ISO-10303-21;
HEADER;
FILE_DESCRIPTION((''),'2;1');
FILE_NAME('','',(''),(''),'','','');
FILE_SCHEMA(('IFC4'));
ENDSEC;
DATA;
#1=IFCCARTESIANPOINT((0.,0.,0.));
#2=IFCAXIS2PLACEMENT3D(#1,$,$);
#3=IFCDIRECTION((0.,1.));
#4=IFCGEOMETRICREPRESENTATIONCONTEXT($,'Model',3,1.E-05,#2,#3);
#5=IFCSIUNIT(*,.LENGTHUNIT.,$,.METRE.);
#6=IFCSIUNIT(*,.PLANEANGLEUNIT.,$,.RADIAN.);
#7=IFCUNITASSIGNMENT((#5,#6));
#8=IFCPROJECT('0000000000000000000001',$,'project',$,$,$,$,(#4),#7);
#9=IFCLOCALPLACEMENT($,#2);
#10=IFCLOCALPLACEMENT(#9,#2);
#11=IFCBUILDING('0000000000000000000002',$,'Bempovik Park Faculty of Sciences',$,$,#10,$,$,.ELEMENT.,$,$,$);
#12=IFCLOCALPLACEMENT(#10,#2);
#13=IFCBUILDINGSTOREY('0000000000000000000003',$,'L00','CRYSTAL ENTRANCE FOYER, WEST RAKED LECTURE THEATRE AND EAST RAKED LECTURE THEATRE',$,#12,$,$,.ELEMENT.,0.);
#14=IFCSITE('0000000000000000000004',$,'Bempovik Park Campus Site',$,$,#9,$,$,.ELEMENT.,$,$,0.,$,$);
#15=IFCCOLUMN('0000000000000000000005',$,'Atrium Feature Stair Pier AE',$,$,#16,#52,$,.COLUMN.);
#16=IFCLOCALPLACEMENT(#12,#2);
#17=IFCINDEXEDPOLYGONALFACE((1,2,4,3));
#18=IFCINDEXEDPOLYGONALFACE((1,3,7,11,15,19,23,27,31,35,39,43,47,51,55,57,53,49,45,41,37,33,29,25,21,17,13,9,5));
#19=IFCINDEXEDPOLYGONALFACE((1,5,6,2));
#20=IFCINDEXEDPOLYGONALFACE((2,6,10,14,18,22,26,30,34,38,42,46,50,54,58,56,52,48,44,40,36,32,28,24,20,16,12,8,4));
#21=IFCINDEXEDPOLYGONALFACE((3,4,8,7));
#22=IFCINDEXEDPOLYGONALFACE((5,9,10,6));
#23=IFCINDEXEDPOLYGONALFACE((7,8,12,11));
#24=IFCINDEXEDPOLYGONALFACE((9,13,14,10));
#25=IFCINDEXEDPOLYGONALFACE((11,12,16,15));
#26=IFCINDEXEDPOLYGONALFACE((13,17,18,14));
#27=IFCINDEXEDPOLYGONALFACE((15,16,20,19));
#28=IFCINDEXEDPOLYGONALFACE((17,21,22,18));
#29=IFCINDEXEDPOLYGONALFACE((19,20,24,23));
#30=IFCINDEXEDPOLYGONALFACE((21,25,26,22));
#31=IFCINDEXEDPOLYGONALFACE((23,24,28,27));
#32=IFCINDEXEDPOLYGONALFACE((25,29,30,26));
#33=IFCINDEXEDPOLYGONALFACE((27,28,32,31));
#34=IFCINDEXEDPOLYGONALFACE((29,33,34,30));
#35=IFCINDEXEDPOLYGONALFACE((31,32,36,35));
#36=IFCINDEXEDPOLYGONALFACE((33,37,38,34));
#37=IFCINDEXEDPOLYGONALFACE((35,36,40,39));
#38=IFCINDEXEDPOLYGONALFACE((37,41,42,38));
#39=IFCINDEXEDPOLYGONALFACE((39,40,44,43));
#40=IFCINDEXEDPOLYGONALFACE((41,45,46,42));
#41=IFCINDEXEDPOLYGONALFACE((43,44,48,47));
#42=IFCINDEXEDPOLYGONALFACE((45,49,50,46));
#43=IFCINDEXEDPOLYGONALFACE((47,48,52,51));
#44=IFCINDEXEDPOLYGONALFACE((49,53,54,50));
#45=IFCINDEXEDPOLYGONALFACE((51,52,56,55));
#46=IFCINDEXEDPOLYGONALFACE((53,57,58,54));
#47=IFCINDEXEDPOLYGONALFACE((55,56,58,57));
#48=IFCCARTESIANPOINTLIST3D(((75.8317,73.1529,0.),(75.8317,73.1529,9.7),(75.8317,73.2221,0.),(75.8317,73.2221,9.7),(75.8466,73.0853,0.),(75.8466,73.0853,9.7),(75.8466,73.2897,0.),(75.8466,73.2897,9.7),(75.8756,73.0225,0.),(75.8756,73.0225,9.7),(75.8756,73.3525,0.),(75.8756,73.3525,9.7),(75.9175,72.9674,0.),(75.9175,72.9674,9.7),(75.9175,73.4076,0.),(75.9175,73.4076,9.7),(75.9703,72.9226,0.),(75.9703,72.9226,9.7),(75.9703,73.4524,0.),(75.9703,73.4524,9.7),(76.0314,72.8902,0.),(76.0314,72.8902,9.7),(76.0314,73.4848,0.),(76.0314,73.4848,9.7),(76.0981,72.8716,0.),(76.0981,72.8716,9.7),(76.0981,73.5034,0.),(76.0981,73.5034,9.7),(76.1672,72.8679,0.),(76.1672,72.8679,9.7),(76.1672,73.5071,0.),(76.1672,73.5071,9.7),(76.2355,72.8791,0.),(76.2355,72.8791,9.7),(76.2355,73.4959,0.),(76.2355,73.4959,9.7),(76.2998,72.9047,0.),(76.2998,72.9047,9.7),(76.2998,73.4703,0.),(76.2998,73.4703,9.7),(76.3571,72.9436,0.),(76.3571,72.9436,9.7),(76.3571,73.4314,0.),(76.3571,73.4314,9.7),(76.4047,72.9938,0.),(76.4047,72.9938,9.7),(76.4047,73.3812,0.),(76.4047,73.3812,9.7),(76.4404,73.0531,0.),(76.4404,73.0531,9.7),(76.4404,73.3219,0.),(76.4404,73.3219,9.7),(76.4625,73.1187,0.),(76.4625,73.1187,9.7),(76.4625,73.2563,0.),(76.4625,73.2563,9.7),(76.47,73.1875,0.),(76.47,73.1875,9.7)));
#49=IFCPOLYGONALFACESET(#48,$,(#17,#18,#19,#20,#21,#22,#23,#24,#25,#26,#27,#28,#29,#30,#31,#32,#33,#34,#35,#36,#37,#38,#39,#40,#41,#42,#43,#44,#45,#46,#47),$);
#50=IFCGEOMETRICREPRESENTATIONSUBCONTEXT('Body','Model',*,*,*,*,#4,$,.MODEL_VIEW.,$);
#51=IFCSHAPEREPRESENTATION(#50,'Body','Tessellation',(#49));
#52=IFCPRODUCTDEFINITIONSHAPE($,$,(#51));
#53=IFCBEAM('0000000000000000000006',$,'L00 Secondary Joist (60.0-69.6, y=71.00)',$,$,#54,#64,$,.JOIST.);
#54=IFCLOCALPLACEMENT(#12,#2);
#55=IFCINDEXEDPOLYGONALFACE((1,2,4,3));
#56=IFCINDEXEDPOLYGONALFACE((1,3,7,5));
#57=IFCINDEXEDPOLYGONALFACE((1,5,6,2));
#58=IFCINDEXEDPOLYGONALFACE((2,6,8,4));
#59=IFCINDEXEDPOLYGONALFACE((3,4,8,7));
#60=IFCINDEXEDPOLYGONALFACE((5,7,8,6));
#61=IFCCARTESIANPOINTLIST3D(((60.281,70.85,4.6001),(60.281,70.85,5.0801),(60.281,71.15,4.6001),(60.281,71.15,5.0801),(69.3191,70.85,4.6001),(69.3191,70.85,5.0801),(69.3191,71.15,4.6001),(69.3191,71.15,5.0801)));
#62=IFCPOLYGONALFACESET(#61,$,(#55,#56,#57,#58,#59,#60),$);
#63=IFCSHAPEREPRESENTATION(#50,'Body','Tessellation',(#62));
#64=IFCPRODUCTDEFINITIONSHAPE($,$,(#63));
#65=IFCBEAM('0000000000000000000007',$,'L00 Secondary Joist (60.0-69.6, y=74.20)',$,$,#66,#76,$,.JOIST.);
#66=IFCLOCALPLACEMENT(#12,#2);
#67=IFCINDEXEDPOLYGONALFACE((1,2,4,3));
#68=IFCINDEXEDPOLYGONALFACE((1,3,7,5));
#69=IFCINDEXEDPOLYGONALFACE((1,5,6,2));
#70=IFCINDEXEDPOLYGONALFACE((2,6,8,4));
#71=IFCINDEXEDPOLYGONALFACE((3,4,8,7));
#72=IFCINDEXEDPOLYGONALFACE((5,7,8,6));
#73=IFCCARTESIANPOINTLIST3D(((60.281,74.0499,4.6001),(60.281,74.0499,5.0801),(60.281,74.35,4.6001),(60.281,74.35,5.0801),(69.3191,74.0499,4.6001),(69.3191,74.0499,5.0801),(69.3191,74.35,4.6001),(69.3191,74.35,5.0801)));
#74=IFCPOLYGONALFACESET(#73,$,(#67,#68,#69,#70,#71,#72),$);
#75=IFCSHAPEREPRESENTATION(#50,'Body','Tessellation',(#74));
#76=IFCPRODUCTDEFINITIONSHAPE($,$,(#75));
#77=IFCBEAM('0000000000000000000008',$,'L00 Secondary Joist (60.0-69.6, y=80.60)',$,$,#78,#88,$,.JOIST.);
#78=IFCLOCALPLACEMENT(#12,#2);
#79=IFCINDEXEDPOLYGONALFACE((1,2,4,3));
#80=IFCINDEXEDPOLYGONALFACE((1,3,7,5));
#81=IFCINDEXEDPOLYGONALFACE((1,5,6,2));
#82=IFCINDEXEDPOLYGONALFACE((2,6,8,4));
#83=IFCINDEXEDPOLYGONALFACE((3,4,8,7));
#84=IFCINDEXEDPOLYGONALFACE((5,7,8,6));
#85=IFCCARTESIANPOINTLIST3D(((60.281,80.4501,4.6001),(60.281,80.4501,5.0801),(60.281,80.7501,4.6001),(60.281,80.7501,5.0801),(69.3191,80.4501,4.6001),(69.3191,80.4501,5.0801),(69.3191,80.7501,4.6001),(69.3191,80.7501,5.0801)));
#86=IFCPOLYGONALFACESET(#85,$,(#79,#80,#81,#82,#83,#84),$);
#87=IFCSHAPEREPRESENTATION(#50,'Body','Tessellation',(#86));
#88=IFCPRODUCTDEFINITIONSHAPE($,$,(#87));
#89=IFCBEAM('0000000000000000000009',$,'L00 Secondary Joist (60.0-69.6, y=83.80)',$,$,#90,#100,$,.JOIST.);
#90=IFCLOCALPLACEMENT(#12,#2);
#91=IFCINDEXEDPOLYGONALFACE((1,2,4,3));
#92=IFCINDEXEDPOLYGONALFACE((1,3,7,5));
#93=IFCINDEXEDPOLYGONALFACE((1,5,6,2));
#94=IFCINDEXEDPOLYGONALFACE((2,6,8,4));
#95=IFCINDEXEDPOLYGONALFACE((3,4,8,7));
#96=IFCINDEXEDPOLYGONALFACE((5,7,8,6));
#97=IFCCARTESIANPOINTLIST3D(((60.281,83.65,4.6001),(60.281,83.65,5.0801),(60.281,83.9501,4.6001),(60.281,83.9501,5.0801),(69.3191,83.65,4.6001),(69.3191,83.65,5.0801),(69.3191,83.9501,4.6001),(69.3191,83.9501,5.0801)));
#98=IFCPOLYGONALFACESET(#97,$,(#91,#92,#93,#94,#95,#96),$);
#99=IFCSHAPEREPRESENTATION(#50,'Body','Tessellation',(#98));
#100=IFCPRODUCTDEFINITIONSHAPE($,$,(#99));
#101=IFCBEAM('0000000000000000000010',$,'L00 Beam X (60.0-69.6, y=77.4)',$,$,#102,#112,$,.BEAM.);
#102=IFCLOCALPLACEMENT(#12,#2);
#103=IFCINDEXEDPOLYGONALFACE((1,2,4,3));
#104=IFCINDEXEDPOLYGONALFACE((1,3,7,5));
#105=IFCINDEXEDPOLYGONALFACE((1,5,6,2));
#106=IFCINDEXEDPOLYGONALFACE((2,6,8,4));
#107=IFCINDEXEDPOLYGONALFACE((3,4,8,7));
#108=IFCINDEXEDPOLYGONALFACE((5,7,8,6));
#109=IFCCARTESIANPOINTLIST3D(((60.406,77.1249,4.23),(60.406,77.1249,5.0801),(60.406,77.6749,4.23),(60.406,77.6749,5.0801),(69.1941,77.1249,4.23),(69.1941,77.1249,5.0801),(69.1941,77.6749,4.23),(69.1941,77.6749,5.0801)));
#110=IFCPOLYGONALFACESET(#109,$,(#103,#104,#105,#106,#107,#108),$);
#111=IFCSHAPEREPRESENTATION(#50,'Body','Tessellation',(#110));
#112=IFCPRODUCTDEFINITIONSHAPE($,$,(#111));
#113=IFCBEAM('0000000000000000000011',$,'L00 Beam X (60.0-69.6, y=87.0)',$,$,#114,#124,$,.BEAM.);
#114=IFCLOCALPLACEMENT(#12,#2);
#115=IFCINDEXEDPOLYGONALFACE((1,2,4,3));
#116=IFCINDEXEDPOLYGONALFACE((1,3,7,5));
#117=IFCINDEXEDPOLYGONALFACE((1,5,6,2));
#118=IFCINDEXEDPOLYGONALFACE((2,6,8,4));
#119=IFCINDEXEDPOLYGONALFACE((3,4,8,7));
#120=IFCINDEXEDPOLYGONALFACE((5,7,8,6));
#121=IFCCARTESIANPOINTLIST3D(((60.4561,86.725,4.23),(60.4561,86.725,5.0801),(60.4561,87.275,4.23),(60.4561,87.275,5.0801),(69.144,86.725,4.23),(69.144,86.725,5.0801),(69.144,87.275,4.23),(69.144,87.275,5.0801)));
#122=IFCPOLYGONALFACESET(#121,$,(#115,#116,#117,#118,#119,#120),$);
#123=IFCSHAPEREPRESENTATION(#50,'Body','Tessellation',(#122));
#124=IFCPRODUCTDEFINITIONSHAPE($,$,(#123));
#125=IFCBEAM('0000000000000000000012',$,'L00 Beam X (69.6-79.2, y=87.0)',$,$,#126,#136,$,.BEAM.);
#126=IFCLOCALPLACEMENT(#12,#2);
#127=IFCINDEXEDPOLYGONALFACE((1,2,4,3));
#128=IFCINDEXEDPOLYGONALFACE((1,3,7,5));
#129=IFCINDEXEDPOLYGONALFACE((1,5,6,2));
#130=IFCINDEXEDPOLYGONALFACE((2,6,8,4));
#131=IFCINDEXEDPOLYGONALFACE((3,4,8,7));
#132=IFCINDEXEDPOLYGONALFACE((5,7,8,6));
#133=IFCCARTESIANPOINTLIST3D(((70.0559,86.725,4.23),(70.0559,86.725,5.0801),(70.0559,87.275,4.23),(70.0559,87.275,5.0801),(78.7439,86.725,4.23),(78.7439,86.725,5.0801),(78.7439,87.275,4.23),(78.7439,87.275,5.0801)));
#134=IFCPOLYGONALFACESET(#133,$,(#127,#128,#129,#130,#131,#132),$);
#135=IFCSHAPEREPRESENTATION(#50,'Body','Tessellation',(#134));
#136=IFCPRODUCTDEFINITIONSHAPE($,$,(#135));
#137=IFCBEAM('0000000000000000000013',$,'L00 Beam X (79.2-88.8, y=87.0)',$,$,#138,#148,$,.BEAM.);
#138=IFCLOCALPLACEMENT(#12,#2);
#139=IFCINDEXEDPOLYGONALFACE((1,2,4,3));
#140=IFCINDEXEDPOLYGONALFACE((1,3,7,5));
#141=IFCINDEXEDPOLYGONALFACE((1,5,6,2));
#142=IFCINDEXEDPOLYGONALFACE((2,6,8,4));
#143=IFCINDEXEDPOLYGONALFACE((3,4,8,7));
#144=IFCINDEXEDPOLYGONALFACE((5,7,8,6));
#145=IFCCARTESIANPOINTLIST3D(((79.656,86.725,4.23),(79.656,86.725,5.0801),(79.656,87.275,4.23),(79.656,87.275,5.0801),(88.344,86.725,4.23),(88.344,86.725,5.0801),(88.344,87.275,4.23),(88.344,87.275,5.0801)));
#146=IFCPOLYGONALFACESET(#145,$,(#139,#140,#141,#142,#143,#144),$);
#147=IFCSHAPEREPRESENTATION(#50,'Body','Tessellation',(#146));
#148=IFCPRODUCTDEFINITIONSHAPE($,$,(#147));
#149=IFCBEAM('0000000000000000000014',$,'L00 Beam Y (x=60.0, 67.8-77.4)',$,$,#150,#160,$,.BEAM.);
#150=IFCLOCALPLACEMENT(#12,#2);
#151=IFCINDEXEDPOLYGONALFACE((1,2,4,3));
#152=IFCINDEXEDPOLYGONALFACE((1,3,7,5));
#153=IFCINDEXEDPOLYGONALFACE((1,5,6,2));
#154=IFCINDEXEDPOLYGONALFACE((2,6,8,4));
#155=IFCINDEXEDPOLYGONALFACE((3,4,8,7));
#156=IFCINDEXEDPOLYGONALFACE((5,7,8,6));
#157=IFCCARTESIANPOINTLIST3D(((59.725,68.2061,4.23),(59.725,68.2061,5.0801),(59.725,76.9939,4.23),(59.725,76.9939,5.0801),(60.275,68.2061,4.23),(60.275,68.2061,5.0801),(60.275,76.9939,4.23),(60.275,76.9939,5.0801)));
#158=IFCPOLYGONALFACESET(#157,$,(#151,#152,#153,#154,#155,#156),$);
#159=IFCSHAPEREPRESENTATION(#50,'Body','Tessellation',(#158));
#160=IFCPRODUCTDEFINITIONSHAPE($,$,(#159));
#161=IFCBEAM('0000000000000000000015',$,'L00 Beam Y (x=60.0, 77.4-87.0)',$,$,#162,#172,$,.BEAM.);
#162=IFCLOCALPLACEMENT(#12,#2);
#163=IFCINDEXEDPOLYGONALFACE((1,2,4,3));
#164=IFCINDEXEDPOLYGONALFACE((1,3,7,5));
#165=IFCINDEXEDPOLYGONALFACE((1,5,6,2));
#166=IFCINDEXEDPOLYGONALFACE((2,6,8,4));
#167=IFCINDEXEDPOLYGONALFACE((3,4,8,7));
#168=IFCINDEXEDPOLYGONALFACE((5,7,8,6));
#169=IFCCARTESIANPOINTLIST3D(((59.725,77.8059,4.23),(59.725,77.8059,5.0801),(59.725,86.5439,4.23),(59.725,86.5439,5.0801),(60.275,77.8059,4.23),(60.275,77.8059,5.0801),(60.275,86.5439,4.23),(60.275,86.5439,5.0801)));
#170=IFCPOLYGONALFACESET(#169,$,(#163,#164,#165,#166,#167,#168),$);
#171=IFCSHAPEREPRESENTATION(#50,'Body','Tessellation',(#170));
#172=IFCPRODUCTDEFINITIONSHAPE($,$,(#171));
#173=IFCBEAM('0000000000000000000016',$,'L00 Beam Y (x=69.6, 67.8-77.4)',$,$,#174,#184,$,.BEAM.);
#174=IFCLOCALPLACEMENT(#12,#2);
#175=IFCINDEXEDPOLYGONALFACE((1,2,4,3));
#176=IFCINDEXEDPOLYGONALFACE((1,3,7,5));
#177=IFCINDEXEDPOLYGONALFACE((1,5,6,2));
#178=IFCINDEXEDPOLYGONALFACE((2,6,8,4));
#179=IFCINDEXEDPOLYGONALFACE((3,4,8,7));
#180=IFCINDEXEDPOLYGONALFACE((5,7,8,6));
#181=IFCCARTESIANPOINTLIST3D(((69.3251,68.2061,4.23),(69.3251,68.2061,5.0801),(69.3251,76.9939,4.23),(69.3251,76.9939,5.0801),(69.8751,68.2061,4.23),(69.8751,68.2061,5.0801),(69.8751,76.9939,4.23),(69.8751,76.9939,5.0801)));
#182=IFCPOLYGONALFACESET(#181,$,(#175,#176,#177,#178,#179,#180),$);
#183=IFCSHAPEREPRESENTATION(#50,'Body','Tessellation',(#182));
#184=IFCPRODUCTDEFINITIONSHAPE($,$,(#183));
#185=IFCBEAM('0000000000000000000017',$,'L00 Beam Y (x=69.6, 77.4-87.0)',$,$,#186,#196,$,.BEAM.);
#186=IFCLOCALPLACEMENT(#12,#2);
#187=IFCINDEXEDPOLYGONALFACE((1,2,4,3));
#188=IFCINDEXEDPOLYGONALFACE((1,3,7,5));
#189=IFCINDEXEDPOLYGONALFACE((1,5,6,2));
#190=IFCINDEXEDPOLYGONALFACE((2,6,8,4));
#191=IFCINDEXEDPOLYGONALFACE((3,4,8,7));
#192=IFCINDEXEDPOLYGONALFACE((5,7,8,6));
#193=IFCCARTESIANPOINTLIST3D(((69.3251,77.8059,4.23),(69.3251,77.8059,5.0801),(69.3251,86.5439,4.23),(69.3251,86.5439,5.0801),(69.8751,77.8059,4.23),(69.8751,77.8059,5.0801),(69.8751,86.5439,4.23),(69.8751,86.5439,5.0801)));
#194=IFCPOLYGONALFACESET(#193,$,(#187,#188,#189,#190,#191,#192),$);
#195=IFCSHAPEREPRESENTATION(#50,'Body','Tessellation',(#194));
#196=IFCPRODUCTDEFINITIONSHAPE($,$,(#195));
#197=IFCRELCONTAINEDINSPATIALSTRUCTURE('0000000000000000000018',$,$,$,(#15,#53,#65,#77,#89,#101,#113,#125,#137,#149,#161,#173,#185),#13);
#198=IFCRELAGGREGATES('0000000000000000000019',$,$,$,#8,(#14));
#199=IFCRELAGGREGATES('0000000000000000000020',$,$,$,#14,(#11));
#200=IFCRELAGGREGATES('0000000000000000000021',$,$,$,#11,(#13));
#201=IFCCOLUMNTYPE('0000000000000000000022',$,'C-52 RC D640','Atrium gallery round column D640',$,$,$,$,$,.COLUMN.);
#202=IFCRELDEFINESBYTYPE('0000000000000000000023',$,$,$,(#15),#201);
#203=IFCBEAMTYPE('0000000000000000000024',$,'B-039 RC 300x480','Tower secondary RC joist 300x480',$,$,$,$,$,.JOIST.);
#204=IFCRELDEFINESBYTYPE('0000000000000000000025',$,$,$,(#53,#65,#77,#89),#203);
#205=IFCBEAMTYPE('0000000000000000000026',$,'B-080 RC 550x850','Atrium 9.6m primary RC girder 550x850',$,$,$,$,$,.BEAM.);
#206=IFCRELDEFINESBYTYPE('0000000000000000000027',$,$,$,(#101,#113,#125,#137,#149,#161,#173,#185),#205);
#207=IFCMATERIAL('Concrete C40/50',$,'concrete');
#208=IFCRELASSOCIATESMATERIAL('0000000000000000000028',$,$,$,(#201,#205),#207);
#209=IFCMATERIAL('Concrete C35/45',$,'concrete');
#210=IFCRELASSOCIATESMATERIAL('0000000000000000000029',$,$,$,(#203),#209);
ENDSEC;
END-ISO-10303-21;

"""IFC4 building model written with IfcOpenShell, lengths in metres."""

from ifc_helpers import new_model, si_unit, direction, frame, origin, origin_2d, place, context, subcontext, project, spatial, rectangle, circle, extrude, material, material_profile, profile_set, type_object, element, save


model = new_model("IFC4")

# Units and contexts
model_context = context("Model", 3, precision=1e-05, world=origin(), true_north=direction((0.0, 1.0)))
body_context = subcontext(model_context, "Body", "Model", "MODEL_VIEW")
ifc_project = project(units=[si_unit("LENGTHUNIT", "METRE"), si_unit("PLANEANGLEUNIT", "RADIAN")], contexts=[model_context])

# Site, building, storey
site_placement = place(None, origin())
site = spatial("IfcSite", under=ifc_project, at=site_placement, Name="Bempovik Park Campus Site", CompositionType="ELEMENT", RefElevation=0.0)
building_placement = place(site_placement, origin())
building = spatial("IfcBuilding", under=site, at=building_placement, Name="Bempovik Park Faculty of Sciences", CompositionType="ELEMENT")
storey_placement = place(building_placement, origin())
storey = spatial("IfcBuildingStorey", under=building, at=storey_placement, Name="L00", Description="CRYSTAL ENTRANCE FOYER, WEST RAKED LECTURE THEATRE AND EAST RAKED LECTURE THEATRE", CompositionType="ELEMENT", Elevation=0.0)

# Shared definitions
ifc_material_1 = material(Name="Concrete C35/45", Category="concrete")

# Column
ifc_material_2 = material(Name="Concrete C40/50", Category="concrete")
ifc_material_profile_1 = material_profile(ifc_material_2, circle(Radius=0.3201, at=origin_2d()), Name="RC D640")
ifc_profile_set_1 = profile_set([ifc_material_profile_1], Name="Concrete C40/50")
column_type_1 = type_object("IfcColumnType", Name="C-52 RC D640", Description="Atrium gallery round column D640", PredefinedType="COLUMN", material=ifc_profile_set_1)
for number, where, z_axis, x_axis, name in (
    (1, (76.1499, 73.1875, 0.0), (0.0, 0.0, 1.0), (1.0, 0.0, 0.0), "Atrium Feature Stair Pier AE"),
):
    element("IfcColumn", number, at=place(storey_placement, frame(where, z_axis=z_axis, x_axis=x_axis)), inside=storey, type_object=column_type_1, Name=name, PredefinedType="COLUMN", context=body_context, shape_type="SweptSolid", body=[
        extrude(circle(Radius=0.3201, at=origin_2d()), origin(), (0.0, 0.0, 1.0), 9.7),
    ])

# Beams
ifc_material_profile_2 = material_profile(ifc_material_1, rectangle(XDim=0.3, YDim=0.48, at=origin_2d()), Name="RC 300x480")
ifc_profile_set_2 = profile_set([ifc_material_profile_2], Name="Concrete C35/45")
beam_type_1 = type_object("IfcBeamType", Name="B-039 RC 300x480", Description="Tower secondary RC joist 300x480", PredefinedType="JOIST", material=ifc_profile_set_2)
for number, where, z_axis, x_axis, name in (
    (2, (60.281, 71.0, 4.8401), (1.0, 0.0, 0.0), (0.0, 1.0, 0.0), "L00 Secondary Joist (60.0-69.6, y=71.00)"),
    (3, (60.281, 74.2, 4.8401), (1.0, 0.0, 0.0), (0.0, 1.0, 0.0), "L00 Secondary Joist (60.0-69.6, y=74.20)"),
    (4, (60.281, 80.6001, 4.8401), (1.0, 0.0, 0.0), (0.0, 1.0, 0.0), "L00 Secondary Joist (60.0-69.6, y=80.60)"),
    (5, (60.281, 83.8, 4.8401), (1.0, 0.0, 0.0), (0.0, 1.0, 0.0), "L00 Secondary Joist (60.0-69.6, y=83.80)"),
):
    element("IfcBeam", number, at=place(storey_placement, frame(where, z_axis=z_axis, x_axis=x_axis)), inside=storey, type_object=beam_type_1, Name=name, PredefinedType="JOIST", context=body_context, shape_type="SweptSolid", body=[
        extrude(rectangle(XDim=0.3, YDim=0.48, at=origin_2d()), origin(), (0.0, 0.0, 1.0), 9.0381),
    ])
ifc_material_profile_3 = material_profile(ifc_material_2, rectangle(XDim=0.55, YDim=0.8501, at=origin_2d()), Name="RC 550x850")
ifc_profile_set_3 = profile_set([ifc_material_profile_3], Name="Concrete C40/50")
beam_type_2 = type_object("IfcBeamType", Name="B-080 RC 550x850", Description="Atrium 9.6m primary RC girder 550x850", PredefinedType="BEAM", material=ifc_profile_set_3)
beam_1_placement = place(storey_placement, frame((60.406, 77.3999, 4.655), z_axis=(1.0, 0.0, 0.0), x_axis=(0.0, 1.0, 0.0)))
element("IfcBeam", 6, at=beam_1_placement, inside=storey, type_object=beam_type_2, Name="L00 Beam X (60.0-69.6, y=77.4)", PredefinedType="BEAM", context=body_context, shape_type="SweptSolid", body=[
    extrude(rectangle(XDim=0.55, YDim=0.8501, at=origin_2d()), origin(), (0.0, 0.0, 1.0), 8.7881),
])
for number, where, z_axis, x_axis, name in (
    (7, (60.4561, 87.0, 4.655), (1.0, 0.0, 0.0), (0.0, 1.0, 0.0), "L00 Beam X (60.0-69.6, y=87.0)"),
    (8, (70.0559, 87.0, 4.655), (1.0, 0.0, 0.0), (0.0, 1.0, 0.0), "L00 Beam X (69.6-79.2, y=87.0)"),
    (9, (79.656, 87.0, 4.655), (1.0, 0.0, 0.0), (0.0, 1.0, 0.0), "L00 Beam X (79.2-88.8, y=87.0)"),
):
    element("IfcBeam", number, at=place(storey_placement, frame(where, z_axis=z_axis, x_axis=x_axis)), inside=storey, type_object=beam_type_2, Name=name, PredefinedType="BEAM", context=body_context, shape_type="SweptSolid", body=[
        extrude(rectangle(XDim=0.55, YDim=0.8501, at=origin_2d()), origin(), (0.0, 0.0, 1.0), 8.688),
    ])
beam_2_placement = place(storey_placement, frame((60.0, 68.2061, 4.655), z_axis=(0.0, 1.0, 0.0), x_axis=(-1.0, 0.0, 0.0)))
element("IfcBeam", 10, at=beam_2_placement, inside=storey, type_object=beam_type_2, Name="L00 Beam Y (x=60.0, 67.8-77.4)", PredefinedType="BEAM", context=body_context, shape_type="SweptSolid", body=[
    extrude(rectangle(XDim=0.55, YDim=0.8501, at=origin_2d()), origin(), (0.0, 0.0, 1.0), 8.7878),
])
beam_3_placement = place(storey_placement, frame((60.0, 77.8059, 4.655), z_axis=(0.0, 1.0, 0.0), x_axis=(-1.0, 0.0, 0.0)))
element("IfcBeam", 11, at=beam_3_placement, inside=storey, type_object=beam_type_2, Name="L00 Beam Y (x=60.0, 77.4-87.0)", PredefinedType="BEAM", context=body_context, shape_type="SweptSolid", body=[
    extrude(rectangle(XDim=0.55, YDim=0.8501, at=origin_2d()), origin(), (0.0, 0.0, 1.0), 8.738),
])
beam_4_placement = place(storey_placement, frame((69.6001, 68.2061, 4.655), z_axis=(0.0, 1.0, 0.0), x_axis=(-1.0, 0.0, 0.0)))
element("IfcBeam", 12, at=beam_4_placement, inside=storey, type_object=beam_type_2, Name="L00 Beam Y (x=69.6, 67.8-77.4)", PredefinedType="BEAM", context=body_context, shape_type="SweptSolid", body=[
    extrude(rectangle(XDim=0.55, YDim=0.8501, at=origin_2d()), origin(), (0.0, 0.0, 1.0), 8.7878),
])
beam_5_placement = place(storey_placement, frame((69.6001, 77.8059, 4.655), z_axis=(0.0, 1.0, 0.0), x_axis=(-1.0, 0.0, 0.0)))
element("IfcBeam", 13, at=beam_5_placement, inside=storey, type_object=beam_type_2, Name="L00 Beam Y (x=69.6, 77.4-87.0)", PredefinedType="BEAM", context=body_context, shape_type="SweptSolid", body=[
    extrude(rectangle(XDim=0.55, YDim=0.8501, at=origin_2d()), origin(), (0.0, 0.0, 1.0), 8.738),
])

save(model, "model.ifc")
